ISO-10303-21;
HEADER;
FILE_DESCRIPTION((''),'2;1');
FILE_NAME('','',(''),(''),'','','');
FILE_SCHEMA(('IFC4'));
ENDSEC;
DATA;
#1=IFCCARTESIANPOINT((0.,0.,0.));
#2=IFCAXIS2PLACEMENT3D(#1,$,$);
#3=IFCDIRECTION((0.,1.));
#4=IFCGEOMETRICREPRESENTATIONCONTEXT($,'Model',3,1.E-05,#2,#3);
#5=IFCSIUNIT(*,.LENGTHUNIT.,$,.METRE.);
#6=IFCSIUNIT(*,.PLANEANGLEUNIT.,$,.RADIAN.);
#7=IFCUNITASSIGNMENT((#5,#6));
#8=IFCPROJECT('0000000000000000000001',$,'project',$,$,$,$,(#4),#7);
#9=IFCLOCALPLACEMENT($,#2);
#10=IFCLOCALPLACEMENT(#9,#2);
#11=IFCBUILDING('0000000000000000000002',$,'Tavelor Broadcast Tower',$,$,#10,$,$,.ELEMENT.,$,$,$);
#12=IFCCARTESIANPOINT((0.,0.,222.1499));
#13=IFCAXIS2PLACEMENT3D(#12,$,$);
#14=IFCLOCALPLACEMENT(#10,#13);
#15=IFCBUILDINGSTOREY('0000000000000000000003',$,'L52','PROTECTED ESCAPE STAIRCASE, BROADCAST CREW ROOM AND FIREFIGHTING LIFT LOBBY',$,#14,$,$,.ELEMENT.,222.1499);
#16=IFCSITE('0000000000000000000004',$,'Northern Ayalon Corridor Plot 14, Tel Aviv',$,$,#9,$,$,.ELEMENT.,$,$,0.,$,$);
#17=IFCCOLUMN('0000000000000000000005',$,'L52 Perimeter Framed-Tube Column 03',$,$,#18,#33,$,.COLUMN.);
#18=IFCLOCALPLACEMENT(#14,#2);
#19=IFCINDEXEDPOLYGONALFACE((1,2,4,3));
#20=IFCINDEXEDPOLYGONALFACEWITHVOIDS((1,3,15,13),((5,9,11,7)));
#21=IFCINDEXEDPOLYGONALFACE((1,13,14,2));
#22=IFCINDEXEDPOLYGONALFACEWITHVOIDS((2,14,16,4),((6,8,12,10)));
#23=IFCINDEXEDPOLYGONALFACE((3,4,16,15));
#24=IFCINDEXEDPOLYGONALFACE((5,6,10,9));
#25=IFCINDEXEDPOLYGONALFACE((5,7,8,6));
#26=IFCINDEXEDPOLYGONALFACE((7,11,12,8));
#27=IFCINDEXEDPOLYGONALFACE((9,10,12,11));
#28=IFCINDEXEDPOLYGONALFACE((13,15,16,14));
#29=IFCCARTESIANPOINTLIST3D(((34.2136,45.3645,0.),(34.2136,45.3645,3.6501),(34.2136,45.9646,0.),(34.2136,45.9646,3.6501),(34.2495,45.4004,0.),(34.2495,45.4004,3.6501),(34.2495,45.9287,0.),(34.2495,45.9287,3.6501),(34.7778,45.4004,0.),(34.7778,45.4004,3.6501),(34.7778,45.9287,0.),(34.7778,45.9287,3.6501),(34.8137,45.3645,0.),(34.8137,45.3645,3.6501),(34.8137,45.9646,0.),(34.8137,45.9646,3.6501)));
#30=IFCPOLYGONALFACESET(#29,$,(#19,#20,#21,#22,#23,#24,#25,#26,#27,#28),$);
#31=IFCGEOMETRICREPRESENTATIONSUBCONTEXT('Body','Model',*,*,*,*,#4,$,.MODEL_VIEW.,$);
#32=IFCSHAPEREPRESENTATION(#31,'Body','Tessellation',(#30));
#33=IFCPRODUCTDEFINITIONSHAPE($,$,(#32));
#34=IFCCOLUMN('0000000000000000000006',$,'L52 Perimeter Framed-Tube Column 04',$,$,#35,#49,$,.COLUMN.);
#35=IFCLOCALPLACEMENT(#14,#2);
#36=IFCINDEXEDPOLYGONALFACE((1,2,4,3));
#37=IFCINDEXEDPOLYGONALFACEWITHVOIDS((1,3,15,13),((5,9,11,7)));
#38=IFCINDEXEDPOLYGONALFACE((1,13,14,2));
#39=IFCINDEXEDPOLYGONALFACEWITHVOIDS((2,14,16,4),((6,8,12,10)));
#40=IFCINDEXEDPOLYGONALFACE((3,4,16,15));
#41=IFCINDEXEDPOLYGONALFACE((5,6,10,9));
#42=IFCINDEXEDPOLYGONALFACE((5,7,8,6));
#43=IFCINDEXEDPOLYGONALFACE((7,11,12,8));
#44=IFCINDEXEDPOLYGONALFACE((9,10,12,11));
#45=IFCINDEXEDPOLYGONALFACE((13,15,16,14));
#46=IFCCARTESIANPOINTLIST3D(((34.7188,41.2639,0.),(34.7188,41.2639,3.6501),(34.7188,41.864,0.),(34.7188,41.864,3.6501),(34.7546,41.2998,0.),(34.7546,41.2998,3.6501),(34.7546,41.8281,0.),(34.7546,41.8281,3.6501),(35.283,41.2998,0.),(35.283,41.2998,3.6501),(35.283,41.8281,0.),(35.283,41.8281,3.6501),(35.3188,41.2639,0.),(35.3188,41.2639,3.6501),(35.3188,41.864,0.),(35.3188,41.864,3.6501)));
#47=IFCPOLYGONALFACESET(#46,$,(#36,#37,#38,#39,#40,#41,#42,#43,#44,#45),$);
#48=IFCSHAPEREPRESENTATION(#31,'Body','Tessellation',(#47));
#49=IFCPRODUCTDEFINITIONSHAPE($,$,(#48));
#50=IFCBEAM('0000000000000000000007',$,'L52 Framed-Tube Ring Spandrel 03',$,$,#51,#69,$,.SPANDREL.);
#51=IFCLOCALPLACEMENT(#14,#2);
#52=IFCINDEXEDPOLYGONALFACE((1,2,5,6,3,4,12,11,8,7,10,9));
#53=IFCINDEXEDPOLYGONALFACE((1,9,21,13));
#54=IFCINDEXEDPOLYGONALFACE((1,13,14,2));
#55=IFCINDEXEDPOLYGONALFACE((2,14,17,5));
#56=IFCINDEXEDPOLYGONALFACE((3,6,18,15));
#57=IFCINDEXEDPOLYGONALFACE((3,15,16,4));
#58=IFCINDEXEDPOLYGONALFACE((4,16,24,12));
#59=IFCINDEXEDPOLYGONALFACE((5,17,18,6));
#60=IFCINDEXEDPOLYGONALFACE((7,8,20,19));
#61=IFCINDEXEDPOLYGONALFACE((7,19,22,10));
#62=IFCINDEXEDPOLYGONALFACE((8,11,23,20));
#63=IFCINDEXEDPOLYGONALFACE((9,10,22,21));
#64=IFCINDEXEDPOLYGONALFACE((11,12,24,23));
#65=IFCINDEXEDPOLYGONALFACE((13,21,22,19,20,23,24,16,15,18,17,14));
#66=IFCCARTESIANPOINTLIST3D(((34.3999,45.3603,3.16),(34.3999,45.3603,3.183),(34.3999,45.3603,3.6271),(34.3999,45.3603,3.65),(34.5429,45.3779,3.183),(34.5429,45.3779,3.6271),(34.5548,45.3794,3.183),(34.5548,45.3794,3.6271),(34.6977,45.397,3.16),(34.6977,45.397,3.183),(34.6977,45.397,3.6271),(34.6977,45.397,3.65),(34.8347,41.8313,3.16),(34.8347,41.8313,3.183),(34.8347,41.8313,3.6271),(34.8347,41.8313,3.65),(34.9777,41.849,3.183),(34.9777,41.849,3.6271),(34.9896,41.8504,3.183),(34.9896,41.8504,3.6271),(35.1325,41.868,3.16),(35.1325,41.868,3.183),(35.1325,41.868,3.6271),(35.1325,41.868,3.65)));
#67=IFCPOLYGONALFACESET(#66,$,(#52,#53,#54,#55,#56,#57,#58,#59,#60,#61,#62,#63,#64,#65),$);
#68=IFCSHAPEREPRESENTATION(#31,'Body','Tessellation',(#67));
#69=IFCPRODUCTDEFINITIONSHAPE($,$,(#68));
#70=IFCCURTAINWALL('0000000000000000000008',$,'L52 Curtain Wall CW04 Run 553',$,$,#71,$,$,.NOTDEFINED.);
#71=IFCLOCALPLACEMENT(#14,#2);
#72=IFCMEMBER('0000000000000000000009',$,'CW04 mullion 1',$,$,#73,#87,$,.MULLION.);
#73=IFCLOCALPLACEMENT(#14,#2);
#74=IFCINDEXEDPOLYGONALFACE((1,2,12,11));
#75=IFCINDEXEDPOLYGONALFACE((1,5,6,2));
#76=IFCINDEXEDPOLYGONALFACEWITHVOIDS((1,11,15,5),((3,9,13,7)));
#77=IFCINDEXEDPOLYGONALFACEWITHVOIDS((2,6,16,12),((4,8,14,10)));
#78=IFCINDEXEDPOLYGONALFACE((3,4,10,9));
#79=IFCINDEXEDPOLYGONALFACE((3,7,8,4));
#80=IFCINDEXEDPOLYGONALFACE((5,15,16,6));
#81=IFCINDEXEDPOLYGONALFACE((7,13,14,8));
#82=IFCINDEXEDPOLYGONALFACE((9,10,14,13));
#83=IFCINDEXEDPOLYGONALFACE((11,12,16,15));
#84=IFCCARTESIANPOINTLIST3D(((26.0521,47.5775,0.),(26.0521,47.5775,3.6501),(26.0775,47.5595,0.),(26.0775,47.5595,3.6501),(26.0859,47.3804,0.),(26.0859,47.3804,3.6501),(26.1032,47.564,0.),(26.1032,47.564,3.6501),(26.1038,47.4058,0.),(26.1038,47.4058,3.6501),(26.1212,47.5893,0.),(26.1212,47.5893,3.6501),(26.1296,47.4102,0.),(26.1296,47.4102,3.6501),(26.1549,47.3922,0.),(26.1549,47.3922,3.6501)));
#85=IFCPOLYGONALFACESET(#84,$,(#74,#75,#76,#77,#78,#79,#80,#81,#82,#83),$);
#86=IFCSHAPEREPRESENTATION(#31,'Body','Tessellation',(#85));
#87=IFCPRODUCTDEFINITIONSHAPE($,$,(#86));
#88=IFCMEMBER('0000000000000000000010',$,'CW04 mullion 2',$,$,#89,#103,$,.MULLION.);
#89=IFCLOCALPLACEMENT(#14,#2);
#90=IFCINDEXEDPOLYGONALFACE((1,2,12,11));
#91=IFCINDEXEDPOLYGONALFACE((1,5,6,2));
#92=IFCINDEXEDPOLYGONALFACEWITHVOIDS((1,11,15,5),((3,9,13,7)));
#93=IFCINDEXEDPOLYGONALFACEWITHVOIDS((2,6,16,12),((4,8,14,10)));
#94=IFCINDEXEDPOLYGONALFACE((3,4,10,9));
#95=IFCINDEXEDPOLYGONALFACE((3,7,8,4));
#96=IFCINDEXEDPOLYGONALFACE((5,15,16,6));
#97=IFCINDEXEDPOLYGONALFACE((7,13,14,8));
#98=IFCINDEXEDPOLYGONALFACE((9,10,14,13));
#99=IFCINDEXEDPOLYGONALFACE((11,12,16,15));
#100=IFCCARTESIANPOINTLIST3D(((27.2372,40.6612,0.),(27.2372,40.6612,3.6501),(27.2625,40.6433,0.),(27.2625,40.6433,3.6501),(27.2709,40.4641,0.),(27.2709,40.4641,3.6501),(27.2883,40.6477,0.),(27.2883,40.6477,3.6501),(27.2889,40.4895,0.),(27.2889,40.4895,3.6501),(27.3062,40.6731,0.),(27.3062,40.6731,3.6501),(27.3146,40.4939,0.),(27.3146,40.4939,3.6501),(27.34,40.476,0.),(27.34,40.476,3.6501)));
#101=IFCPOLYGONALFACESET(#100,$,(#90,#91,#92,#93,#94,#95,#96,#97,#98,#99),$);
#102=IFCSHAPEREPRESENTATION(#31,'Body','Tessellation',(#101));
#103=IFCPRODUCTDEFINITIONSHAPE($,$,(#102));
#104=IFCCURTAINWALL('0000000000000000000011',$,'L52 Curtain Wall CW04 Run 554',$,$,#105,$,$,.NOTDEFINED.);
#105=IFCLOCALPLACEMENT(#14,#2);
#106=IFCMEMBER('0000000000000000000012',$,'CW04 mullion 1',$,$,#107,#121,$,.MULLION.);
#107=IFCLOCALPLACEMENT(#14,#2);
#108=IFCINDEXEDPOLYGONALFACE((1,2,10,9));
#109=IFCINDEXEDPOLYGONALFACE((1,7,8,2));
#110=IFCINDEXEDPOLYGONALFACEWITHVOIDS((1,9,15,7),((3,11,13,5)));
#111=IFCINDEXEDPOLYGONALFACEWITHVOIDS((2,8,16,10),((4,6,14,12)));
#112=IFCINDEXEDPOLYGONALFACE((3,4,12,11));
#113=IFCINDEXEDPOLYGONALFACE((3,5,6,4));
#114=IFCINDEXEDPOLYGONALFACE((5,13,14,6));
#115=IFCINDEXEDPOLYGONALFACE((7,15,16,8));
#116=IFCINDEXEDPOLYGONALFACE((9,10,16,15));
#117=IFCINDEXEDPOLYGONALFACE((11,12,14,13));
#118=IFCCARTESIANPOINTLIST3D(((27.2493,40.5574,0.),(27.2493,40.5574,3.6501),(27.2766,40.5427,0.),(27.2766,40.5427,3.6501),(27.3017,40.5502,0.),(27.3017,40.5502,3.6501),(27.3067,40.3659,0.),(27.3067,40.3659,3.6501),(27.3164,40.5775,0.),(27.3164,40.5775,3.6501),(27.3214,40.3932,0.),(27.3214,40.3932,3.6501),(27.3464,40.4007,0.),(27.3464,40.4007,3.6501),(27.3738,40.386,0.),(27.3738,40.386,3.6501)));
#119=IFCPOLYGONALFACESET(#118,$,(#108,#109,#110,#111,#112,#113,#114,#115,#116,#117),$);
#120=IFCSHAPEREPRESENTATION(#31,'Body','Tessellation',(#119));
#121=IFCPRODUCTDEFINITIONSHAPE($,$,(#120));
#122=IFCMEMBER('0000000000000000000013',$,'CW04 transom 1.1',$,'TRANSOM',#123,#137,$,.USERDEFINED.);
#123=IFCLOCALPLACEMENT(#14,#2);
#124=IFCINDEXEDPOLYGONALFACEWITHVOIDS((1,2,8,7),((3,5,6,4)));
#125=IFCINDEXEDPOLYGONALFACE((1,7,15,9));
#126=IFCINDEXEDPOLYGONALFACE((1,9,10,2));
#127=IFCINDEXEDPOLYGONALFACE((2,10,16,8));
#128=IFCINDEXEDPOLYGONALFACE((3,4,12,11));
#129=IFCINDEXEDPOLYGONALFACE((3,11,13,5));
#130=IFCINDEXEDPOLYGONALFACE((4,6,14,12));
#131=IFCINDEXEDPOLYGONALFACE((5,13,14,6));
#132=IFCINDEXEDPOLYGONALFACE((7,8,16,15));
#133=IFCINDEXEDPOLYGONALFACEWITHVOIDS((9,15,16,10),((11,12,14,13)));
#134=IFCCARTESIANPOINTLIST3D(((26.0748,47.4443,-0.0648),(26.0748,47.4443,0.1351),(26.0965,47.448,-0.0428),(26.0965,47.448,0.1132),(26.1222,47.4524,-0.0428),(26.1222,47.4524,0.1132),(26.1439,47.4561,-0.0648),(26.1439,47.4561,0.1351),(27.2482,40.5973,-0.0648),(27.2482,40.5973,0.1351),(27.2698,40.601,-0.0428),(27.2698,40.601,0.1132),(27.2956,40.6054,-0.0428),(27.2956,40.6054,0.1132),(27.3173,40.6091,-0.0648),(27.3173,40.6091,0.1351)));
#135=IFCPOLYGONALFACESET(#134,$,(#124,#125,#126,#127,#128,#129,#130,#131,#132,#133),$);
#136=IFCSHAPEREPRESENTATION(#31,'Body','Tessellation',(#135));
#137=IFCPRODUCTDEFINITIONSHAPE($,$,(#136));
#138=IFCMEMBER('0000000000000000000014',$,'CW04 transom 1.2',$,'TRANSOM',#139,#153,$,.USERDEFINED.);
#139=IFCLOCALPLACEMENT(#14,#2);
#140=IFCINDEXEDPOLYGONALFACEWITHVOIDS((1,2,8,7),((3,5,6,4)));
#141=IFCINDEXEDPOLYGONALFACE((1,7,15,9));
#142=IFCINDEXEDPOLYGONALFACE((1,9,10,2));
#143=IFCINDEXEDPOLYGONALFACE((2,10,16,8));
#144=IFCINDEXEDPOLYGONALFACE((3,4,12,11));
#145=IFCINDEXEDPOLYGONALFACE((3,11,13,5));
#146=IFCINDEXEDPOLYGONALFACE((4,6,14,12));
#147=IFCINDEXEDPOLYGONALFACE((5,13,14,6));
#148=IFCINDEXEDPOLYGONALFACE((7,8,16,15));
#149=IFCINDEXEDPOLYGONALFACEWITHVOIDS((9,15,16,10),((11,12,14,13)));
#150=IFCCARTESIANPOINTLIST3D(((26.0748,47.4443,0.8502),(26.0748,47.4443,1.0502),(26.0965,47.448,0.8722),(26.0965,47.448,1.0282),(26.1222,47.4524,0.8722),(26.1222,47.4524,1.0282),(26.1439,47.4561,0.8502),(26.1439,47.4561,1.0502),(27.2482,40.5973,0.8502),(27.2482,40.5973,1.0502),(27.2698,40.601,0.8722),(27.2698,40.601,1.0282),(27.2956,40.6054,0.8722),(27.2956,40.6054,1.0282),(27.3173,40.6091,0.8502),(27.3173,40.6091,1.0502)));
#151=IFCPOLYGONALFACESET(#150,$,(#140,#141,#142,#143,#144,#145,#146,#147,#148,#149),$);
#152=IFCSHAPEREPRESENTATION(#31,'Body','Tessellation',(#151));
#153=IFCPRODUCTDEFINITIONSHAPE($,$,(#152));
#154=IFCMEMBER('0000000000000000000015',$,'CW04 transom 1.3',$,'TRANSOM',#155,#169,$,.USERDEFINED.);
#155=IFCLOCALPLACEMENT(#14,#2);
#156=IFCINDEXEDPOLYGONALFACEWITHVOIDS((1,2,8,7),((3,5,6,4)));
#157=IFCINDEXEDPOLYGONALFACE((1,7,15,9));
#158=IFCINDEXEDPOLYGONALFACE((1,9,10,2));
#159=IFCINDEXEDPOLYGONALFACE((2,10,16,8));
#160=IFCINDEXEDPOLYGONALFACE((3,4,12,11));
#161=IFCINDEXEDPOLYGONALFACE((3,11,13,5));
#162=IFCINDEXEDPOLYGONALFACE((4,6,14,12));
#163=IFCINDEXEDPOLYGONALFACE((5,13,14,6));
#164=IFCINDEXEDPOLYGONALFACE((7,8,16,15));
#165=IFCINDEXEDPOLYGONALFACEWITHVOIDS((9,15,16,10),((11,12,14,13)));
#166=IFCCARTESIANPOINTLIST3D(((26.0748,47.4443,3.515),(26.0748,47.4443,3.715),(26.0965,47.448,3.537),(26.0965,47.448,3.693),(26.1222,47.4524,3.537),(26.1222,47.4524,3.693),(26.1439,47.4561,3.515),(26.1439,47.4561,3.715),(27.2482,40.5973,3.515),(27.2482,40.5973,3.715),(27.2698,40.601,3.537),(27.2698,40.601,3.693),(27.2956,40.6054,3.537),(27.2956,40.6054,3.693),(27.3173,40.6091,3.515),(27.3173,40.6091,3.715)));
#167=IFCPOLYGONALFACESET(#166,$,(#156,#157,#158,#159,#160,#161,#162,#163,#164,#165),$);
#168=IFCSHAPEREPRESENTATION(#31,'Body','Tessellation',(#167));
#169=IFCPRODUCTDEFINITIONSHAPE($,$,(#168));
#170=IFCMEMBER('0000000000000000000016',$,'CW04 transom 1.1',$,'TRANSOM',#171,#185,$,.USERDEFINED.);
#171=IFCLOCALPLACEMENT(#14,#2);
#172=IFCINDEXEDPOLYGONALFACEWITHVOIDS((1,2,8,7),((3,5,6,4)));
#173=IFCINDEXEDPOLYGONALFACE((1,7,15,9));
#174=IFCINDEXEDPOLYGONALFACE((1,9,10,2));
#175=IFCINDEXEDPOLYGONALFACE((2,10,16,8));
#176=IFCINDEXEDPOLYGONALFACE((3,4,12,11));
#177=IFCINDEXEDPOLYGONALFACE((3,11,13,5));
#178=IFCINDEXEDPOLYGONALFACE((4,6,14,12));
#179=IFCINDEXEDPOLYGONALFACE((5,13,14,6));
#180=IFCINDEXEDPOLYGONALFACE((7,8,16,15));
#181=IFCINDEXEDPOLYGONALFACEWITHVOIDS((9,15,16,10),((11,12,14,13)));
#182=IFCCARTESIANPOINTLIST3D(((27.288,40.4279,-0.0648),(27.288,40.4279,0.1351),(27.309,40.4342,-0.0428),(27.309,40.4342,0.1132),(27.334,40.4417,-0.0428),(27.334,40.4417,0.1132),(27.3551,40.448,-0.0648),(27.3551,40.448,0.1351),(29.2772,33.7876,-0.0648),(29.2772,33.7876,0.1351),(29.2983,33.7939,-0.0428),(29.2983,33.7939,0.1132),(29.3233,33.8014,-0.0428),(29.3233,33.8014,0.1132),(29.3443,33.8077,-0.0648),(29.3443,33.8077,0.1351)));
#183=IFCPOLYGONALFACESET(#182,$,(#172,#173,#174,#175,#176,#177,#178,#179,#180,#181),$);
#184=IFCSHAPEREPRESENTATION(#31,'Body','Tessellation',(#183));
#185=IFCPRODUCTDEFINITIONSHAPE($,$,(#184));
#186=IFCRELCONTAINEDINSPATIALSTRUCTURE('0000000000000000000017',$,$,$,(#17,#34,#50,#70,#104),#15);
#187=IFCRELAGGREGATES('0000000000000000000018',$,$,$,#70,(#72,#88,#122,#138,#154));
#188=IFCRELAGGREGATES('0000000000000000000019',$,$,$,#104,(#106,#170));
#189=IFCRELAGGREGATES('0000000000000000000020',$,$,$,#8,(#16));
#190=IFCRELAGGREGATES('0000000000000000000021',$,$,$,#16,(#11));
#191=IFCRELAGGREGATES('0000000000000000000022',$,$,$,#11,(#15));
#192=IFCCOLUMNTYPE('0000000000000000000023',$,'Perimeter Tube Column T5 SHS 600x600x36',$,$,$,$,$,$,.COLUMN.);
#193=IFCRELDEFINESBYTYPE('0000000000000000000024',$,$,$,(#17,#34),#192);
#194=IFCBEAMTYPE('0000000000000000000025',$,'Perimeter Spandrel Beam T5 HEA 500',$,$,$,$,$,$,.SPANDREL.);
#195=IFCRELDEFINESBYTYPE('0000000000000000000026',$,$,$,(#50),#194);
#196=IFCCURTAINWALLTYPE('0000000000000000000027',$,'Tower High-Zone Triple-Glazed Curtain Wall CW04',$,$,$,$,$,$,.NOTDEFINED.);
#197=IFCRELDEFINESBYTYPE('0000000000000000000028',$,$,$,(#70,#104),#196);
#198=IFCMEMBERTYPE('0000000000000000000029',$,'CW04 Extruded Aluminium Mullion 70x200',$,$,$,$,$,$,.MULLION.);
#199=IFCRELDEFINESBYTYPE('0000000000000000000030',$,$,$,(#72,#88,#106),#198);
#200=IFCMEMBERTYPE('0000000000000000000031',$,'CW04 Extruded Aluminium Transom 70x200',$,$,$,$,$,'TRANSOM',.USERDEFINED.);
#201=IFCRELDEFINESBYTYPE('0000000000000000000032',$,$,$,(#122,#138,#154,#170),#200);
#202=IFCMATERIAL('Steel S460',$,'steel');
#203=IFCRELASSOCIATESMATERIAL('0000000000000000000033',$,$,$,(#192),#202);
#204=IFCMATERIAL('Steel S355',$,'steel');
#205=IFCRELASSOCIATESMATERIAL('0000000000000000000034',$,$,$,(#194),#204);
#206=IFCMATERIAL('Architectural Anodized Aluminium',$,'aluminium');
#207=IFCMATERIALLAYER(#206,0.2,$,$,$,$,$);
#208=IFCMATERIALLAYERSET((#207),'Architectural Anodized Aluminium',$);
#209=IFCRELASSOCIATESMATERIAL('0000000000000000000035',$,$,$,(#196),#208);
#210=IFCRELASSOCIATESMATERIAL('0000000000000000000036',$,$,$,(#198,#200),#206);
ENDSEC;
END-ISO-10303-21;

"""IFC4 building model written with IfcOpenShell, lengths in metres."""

from ifc_helpers import new_model, si_unit, direction, frame, origin, origin_2d, place, context, subcontext, project, spatial, hollow_rectangle, i_section, extrude, source, transform, mapped, material, layer, layer_set, material_profile, profile_set, type_object, type_shapes, element, aggregate, save


model = new_model("IFC4")

# Units and contexts
model_context = context("Model", 3, precision=1e-05, world=origin(), true_north=direction((0.0, 1.0)))
body_context = subcontext(model_context, "Body", "Model", "MODEL_VIEW")
ifc_project = project(units=[si_unit("LENGTHUNIT", "METRE"), si_unit("PLANEANGLEUNIT", "RADIAN")], contexts=[model_context])

# Site, building, storey
site_placement = place(None, origin())
site = spatial("IfcSite", under=ifc_project, at=site_placement, Name="Northern Ayalon Corridor Plot 14, Tel Aviv", CompositionType="ELEMENT", RefElevation=0.0)
building_placement = place(site_placement, origin())
building = spatial("IfcBuilding", under=site, at=building_placement, Name="Tavelor Broadcast Tower", CompositionType="ELEMENT")
storey_placement = place(building_placement, frame((0.0, 0.0, 222.1499)))
storey = spatial("IfcBuildingStorey", under=building, at=storey_placement, Name="L52", Description="PROTECTED ESCAPE STAIRCASE, BROADCAST CREW ROOM AND FIREFIGHTING LIFT LOBBY", CompositionType="ELEMENT", Elevation=222.1499)

# Columns
ifc_material_1 = material(Name="Steel S460", Category="steel")
ifc_material_profile_1 = material_profile(ifc_material_1, hollow_rectangle(XDim=0.6001, YDim=0.6001, WallThickness=0.0359, at=origin_2d()), Name="SHS 600x600x36")
ifc_profile_set_1 = profile_set([ifc_material_profile_1], Name="Steel S460")
column_type = type_object("IfcColumnType", Name="Perimeter Tube Column T5 SHS 600x600x36", PredefinedType="COLUMN", material=ifc_profile_set_1)
for number, where, z_axis, x_axis, name in (
    (1, (34.5137, 45.6646, 0.0), (0.0, 0.0, 1.0), (1.0, 0.0, 0.0), "L52 Perimeter Framed-Tube Column 03"),
    (2, (35.0188, 41.564, 0.0), (0.0, 0.0, 1.0), (1.0, 0.0, 0.0), "L52 Perimeter Framed-Tube Column 04"),
):
    element("IfcColumn", number, at=place(storey_placement, frame(where, z_axis=z_axis, x_axis=x_axis)), inside=storey, type_object=column_type, Name=name, PredefinedType="COLUMN", context=body_context, shape_type="SweptSolid", body=[
        extrude(hollow_rectangle(XDim=0.6001, YDim=0.6001, WallThickness=0.0359, at=origin_2d()), origin(), (0.0, 0.0, 1.0), 3.6501),
    ])

# Beam
ifc_material_2 = material(Name="Steel S355", Category="steel")
ifc_material_profile_2 = material_profile(ifc_material_2, i_section(OverallWidth=0.3, OverallDepth=0.49, WebThickness=0.012, FlangeThickness=0.0229, at=origin_2d()), Name="HEA 500")
ifc_profile_set_2 = profile_set([ifc_material_profile_2], Name="Steel S355")
beam_type = type_object("IfcBeamType", Name="Perimeter Spandrel Beam T5 HEA 500", PredefinedType="SPANDREL", material=ifc_profile_set_2)
beam_placement = place(storey_placement, frame((34.5488, 45.3787, 3.405), z_axis=(0.122285, -0.992495, 0.0), x_axis=(0.992495, 0.122285, 0.0)))
element("IfcBeam", 3, at=beam_placement, inside=storey, type_object=beam_type, Name="L52 Framed-Tube Ring Spandrel 03", PredefinedType="SPANDREL", context=body_context, shape_type="SweptSolid", body=[
    extrude(i_section(OverallWidth=0.3, OverallDepth=0.49, WebThickness=0.012, FlangeThickness=0.0229, at=origin_2d()), origin(), (0.0, 0.0, 1.0), 3.5557),
])

# Curtain wall, members
ifc_material_3 = material(Name="Architectural Anodized Aluminium", Category="aluminium")
ifc_layer_1 = layer(ifc_material_3, 0.2)
ifc_layer_set_1 = layer_set([ifc_layer_1], Name="Architectural Anodized Aluminium")
curtain_wall_type = type_object("IfcCurtainWallType", Name="Tower High-Zone Triple-Glazed Curtain Wall CW04", PredefinedType="NOTDEFINED", material=ifc_layer_set_1)
curtain_wall_1_placement = place(storey_placement, origin())
curtain_wall_1 = element("IfcCurtainWall", 4, at=curtain_wall_1_placement, inside=storey, type_object=curtain_wall_type, Name="L52 Curtain Wall CW04 Run 553", PredefinedType="NOTDEFINED")
ifc_material_profile_3 = material_profile(ifc_material_3, hollow_rectangle(XDim=0.0701, YDim=0.2, WallThickness=0.022, at=origin_2d()), Name="RHS 70x200x22")
ifc_profile_set_3 = profile_set([ifc_material_profile_3], Name="Architectural Anodized Aluminium")
member_type_1 = type_object("IfcMemberType", Name="CW04 Extruded Aluminium Mullion 70x200", PredefinedType="MULLION", material=ifc_profile_set_3)
shared_shape_1 = source(origin(), body_context, "Body", "SweptSolid", [
    extrude(hollow_rectangle(XDim=0.0701, YDim=0.2, WallThickness=0.022, at=origin_2d()), origin(), (0.0, 0.0, 1.0), 3.6501),
])
type_shapes(member_type_1, [shared_shape_1])
member_1_placement = place(storey_placement, frame((26.1035, 47.4849, 0.0), z_axis=(0.0, 0.0, 1.0), x_axis=(0.98563, 0.168916, 0.0)))
member_1 = element("IfcMember", 5, at=member_1_placement, type_object=member_type_1, Name="CW04 mullion 1", PredefinedType="MULLION", context=body_context, shape_type="MappedRepresentation", body=[
    mapped(shared_shape_1, transform((0.0, 0.0, 0.0), scale=1.0)),
])
member_2_placement = place(storey_placement, frame((27.2886, 40.5686, 0.0), z_axis=(0.0, 0.0, 1.0), x_axis=(0.98563, 0.168916, 0.0)))
member_2 = element("IfcMember", 6, at=member_2_placement, type_object=member_type_1, Name="CW04 mullion 2", PredefinedType="MULLION", context=body_context, shape_type="MappedRepresentation", body=[
    mapped(shared_shape_1, transform((0.0, 0.0, 0.0), scale=1.0)),
])

# Curtain wall, member
curtain_wall_2_placement = place(storey_placement, origin())
curtain_wall_2 = element("IfcCurtainWall", 7, at=curtain_wall_2_placement, inside=storey, type_object=curtain_wall_type, Name="L52 Curtain Wall CW04 Run 554", PredefinedType="NOTDEFINED")
member_3_placement = place(storey_placement, frame((27.3115, 40.4717, 0.0), z_axis=(0.0, 0.0, 1.0), x_axis=(0.957945, 0.286952, 0.0)))
member_3 = element("IfcMember", 8, at=member_3_placement, type_object=member_type_1, Name="CW04 mullion 1", PredefinedType="MULLION", context=body_context, shape_type="MappedRepresentation", body=[
    mapped(shared_shape_1, transform((0.0, 0.0, 0.0), scale=1.0)),
])

# Members
ifc_material_profile_4 = material_profile(ifc_material_3, hollow_rectangle(XDim=0.0701, YDim=0.2, WallThickness=0.022, at=origin_2d()), Name="RHS 70x200x22")
ifc_profile_set_4 = profile_set([ifc_material_profile_4], Name="Architectural Anodized Aluminium")
member_type_2 = type_object("IfcMemberType", Name="CW04 Extruded Aluminium Transom 70x200", ElementType="TRANSOM", PredefinedType="USERDEFINED", material=ifc_profile_set_4)
shared_shape_2 = source(origin(), body_context, "Body", "SweptSolid", [
    extrude(hollow_rectangle(XDim=0.0701, YDim=0.2, WallThickness=0.022, at=origin_2d()), origin(), (0.0, 0.0, 1.0), 6.9468),
])
member_4_placement = place(storey_placement, frame((26.1094, 47.4502, 0.0352), z_axis=(0.168905, -0.985632, 0.0), x_axis=(0.985632, 0.168905, 0.0)))
member_4 = element("IfcMember", 9, at=member_4_placement, type_object=member_type_2, Name="CW04 transom 1.1", ObjectType="TRANSOM", PredefinedType="USERDEFINED", context=body_context, shape_type="MappedRepresentation", body=[
    mapped(shared_shape_2, transform((0.0, 0.0, 0.0), scale=1.0)),
])
member_5_placement = place(storey_placement, frame((26.1094, 47.4502, 0.9502), z_axis=(0.168905, -0.985632, 0.0), x_axis=(0.985632, 0.168905, 0.0)))
member_5 = element("IfcMember", 10, at=member_5_placement, type_object=member_type_2, Name="CW04 transom 1.2", ObjectType="TRANSOM", PredefinedType="USERDEFINED", context=body_context, shape_type="MappedRepresentation", body=[
    mapped(shared_shape_2, transform((0.0, 0.0, 0.0), scale=1.0)),
])
member_6_placement = place(storey_placement, frame((26.1094, 47.4502, 3.615), z_axis=(0.168905, -0.985632, 0.0), x_axis=(0.985632, 0.168905, 0.0)))
member_6 = element("IfcMember", 11, at=member_6_placement, type_object=member_type_2, Name="CW04 transom 1.3", ObjectType="TRANSOM", PredefinedType="USERDEFINED", context=body_context, shape_type="MappedRepresentation", body=[
    mapped(shared_shape_2, transform((0.0, 0.0, 0.0), scale=1.0)),
])
shared_shape_3 = source(origin(), body_context, "Body", "SweptSolid", [
    extrude(hollow_rectangle(XDim=0.0701, YDim=0.2, WallThickness=0.022, at=origin_2d()), origin(), (0.0, 0.0, 1.0), 6.9319),
])
type_shapes(member_type_2, [shared_shape_2, shared_shape_3])
member_7_placement = place(storey_placement, frame((27.3215, 40.438, 0.0352), z_axis=(0.28697, -0.95794, 0.0), x_axis=(0.95794, 0.28697, 0.0)))
member_7 = element("IfcMember", 12, at=member_7_placement, type_object=member_type_2, Name="CW04 transom 1.1", ObjectType="TRANSOM", PredefinedType="USERDEFINED", context=body_context, shape_type="MappedRepresentation", body=[
    mapped(shared_shape_3, transform((0.0, 0.0, 0.0), scale=1.0)),
])

aggregate(curtain_wall_1, [member_1, member_2, member_4, member_5, member_6])
aggregate(curtain_wall_2, [member_3, member_7])

save(model, "model.ifc")
